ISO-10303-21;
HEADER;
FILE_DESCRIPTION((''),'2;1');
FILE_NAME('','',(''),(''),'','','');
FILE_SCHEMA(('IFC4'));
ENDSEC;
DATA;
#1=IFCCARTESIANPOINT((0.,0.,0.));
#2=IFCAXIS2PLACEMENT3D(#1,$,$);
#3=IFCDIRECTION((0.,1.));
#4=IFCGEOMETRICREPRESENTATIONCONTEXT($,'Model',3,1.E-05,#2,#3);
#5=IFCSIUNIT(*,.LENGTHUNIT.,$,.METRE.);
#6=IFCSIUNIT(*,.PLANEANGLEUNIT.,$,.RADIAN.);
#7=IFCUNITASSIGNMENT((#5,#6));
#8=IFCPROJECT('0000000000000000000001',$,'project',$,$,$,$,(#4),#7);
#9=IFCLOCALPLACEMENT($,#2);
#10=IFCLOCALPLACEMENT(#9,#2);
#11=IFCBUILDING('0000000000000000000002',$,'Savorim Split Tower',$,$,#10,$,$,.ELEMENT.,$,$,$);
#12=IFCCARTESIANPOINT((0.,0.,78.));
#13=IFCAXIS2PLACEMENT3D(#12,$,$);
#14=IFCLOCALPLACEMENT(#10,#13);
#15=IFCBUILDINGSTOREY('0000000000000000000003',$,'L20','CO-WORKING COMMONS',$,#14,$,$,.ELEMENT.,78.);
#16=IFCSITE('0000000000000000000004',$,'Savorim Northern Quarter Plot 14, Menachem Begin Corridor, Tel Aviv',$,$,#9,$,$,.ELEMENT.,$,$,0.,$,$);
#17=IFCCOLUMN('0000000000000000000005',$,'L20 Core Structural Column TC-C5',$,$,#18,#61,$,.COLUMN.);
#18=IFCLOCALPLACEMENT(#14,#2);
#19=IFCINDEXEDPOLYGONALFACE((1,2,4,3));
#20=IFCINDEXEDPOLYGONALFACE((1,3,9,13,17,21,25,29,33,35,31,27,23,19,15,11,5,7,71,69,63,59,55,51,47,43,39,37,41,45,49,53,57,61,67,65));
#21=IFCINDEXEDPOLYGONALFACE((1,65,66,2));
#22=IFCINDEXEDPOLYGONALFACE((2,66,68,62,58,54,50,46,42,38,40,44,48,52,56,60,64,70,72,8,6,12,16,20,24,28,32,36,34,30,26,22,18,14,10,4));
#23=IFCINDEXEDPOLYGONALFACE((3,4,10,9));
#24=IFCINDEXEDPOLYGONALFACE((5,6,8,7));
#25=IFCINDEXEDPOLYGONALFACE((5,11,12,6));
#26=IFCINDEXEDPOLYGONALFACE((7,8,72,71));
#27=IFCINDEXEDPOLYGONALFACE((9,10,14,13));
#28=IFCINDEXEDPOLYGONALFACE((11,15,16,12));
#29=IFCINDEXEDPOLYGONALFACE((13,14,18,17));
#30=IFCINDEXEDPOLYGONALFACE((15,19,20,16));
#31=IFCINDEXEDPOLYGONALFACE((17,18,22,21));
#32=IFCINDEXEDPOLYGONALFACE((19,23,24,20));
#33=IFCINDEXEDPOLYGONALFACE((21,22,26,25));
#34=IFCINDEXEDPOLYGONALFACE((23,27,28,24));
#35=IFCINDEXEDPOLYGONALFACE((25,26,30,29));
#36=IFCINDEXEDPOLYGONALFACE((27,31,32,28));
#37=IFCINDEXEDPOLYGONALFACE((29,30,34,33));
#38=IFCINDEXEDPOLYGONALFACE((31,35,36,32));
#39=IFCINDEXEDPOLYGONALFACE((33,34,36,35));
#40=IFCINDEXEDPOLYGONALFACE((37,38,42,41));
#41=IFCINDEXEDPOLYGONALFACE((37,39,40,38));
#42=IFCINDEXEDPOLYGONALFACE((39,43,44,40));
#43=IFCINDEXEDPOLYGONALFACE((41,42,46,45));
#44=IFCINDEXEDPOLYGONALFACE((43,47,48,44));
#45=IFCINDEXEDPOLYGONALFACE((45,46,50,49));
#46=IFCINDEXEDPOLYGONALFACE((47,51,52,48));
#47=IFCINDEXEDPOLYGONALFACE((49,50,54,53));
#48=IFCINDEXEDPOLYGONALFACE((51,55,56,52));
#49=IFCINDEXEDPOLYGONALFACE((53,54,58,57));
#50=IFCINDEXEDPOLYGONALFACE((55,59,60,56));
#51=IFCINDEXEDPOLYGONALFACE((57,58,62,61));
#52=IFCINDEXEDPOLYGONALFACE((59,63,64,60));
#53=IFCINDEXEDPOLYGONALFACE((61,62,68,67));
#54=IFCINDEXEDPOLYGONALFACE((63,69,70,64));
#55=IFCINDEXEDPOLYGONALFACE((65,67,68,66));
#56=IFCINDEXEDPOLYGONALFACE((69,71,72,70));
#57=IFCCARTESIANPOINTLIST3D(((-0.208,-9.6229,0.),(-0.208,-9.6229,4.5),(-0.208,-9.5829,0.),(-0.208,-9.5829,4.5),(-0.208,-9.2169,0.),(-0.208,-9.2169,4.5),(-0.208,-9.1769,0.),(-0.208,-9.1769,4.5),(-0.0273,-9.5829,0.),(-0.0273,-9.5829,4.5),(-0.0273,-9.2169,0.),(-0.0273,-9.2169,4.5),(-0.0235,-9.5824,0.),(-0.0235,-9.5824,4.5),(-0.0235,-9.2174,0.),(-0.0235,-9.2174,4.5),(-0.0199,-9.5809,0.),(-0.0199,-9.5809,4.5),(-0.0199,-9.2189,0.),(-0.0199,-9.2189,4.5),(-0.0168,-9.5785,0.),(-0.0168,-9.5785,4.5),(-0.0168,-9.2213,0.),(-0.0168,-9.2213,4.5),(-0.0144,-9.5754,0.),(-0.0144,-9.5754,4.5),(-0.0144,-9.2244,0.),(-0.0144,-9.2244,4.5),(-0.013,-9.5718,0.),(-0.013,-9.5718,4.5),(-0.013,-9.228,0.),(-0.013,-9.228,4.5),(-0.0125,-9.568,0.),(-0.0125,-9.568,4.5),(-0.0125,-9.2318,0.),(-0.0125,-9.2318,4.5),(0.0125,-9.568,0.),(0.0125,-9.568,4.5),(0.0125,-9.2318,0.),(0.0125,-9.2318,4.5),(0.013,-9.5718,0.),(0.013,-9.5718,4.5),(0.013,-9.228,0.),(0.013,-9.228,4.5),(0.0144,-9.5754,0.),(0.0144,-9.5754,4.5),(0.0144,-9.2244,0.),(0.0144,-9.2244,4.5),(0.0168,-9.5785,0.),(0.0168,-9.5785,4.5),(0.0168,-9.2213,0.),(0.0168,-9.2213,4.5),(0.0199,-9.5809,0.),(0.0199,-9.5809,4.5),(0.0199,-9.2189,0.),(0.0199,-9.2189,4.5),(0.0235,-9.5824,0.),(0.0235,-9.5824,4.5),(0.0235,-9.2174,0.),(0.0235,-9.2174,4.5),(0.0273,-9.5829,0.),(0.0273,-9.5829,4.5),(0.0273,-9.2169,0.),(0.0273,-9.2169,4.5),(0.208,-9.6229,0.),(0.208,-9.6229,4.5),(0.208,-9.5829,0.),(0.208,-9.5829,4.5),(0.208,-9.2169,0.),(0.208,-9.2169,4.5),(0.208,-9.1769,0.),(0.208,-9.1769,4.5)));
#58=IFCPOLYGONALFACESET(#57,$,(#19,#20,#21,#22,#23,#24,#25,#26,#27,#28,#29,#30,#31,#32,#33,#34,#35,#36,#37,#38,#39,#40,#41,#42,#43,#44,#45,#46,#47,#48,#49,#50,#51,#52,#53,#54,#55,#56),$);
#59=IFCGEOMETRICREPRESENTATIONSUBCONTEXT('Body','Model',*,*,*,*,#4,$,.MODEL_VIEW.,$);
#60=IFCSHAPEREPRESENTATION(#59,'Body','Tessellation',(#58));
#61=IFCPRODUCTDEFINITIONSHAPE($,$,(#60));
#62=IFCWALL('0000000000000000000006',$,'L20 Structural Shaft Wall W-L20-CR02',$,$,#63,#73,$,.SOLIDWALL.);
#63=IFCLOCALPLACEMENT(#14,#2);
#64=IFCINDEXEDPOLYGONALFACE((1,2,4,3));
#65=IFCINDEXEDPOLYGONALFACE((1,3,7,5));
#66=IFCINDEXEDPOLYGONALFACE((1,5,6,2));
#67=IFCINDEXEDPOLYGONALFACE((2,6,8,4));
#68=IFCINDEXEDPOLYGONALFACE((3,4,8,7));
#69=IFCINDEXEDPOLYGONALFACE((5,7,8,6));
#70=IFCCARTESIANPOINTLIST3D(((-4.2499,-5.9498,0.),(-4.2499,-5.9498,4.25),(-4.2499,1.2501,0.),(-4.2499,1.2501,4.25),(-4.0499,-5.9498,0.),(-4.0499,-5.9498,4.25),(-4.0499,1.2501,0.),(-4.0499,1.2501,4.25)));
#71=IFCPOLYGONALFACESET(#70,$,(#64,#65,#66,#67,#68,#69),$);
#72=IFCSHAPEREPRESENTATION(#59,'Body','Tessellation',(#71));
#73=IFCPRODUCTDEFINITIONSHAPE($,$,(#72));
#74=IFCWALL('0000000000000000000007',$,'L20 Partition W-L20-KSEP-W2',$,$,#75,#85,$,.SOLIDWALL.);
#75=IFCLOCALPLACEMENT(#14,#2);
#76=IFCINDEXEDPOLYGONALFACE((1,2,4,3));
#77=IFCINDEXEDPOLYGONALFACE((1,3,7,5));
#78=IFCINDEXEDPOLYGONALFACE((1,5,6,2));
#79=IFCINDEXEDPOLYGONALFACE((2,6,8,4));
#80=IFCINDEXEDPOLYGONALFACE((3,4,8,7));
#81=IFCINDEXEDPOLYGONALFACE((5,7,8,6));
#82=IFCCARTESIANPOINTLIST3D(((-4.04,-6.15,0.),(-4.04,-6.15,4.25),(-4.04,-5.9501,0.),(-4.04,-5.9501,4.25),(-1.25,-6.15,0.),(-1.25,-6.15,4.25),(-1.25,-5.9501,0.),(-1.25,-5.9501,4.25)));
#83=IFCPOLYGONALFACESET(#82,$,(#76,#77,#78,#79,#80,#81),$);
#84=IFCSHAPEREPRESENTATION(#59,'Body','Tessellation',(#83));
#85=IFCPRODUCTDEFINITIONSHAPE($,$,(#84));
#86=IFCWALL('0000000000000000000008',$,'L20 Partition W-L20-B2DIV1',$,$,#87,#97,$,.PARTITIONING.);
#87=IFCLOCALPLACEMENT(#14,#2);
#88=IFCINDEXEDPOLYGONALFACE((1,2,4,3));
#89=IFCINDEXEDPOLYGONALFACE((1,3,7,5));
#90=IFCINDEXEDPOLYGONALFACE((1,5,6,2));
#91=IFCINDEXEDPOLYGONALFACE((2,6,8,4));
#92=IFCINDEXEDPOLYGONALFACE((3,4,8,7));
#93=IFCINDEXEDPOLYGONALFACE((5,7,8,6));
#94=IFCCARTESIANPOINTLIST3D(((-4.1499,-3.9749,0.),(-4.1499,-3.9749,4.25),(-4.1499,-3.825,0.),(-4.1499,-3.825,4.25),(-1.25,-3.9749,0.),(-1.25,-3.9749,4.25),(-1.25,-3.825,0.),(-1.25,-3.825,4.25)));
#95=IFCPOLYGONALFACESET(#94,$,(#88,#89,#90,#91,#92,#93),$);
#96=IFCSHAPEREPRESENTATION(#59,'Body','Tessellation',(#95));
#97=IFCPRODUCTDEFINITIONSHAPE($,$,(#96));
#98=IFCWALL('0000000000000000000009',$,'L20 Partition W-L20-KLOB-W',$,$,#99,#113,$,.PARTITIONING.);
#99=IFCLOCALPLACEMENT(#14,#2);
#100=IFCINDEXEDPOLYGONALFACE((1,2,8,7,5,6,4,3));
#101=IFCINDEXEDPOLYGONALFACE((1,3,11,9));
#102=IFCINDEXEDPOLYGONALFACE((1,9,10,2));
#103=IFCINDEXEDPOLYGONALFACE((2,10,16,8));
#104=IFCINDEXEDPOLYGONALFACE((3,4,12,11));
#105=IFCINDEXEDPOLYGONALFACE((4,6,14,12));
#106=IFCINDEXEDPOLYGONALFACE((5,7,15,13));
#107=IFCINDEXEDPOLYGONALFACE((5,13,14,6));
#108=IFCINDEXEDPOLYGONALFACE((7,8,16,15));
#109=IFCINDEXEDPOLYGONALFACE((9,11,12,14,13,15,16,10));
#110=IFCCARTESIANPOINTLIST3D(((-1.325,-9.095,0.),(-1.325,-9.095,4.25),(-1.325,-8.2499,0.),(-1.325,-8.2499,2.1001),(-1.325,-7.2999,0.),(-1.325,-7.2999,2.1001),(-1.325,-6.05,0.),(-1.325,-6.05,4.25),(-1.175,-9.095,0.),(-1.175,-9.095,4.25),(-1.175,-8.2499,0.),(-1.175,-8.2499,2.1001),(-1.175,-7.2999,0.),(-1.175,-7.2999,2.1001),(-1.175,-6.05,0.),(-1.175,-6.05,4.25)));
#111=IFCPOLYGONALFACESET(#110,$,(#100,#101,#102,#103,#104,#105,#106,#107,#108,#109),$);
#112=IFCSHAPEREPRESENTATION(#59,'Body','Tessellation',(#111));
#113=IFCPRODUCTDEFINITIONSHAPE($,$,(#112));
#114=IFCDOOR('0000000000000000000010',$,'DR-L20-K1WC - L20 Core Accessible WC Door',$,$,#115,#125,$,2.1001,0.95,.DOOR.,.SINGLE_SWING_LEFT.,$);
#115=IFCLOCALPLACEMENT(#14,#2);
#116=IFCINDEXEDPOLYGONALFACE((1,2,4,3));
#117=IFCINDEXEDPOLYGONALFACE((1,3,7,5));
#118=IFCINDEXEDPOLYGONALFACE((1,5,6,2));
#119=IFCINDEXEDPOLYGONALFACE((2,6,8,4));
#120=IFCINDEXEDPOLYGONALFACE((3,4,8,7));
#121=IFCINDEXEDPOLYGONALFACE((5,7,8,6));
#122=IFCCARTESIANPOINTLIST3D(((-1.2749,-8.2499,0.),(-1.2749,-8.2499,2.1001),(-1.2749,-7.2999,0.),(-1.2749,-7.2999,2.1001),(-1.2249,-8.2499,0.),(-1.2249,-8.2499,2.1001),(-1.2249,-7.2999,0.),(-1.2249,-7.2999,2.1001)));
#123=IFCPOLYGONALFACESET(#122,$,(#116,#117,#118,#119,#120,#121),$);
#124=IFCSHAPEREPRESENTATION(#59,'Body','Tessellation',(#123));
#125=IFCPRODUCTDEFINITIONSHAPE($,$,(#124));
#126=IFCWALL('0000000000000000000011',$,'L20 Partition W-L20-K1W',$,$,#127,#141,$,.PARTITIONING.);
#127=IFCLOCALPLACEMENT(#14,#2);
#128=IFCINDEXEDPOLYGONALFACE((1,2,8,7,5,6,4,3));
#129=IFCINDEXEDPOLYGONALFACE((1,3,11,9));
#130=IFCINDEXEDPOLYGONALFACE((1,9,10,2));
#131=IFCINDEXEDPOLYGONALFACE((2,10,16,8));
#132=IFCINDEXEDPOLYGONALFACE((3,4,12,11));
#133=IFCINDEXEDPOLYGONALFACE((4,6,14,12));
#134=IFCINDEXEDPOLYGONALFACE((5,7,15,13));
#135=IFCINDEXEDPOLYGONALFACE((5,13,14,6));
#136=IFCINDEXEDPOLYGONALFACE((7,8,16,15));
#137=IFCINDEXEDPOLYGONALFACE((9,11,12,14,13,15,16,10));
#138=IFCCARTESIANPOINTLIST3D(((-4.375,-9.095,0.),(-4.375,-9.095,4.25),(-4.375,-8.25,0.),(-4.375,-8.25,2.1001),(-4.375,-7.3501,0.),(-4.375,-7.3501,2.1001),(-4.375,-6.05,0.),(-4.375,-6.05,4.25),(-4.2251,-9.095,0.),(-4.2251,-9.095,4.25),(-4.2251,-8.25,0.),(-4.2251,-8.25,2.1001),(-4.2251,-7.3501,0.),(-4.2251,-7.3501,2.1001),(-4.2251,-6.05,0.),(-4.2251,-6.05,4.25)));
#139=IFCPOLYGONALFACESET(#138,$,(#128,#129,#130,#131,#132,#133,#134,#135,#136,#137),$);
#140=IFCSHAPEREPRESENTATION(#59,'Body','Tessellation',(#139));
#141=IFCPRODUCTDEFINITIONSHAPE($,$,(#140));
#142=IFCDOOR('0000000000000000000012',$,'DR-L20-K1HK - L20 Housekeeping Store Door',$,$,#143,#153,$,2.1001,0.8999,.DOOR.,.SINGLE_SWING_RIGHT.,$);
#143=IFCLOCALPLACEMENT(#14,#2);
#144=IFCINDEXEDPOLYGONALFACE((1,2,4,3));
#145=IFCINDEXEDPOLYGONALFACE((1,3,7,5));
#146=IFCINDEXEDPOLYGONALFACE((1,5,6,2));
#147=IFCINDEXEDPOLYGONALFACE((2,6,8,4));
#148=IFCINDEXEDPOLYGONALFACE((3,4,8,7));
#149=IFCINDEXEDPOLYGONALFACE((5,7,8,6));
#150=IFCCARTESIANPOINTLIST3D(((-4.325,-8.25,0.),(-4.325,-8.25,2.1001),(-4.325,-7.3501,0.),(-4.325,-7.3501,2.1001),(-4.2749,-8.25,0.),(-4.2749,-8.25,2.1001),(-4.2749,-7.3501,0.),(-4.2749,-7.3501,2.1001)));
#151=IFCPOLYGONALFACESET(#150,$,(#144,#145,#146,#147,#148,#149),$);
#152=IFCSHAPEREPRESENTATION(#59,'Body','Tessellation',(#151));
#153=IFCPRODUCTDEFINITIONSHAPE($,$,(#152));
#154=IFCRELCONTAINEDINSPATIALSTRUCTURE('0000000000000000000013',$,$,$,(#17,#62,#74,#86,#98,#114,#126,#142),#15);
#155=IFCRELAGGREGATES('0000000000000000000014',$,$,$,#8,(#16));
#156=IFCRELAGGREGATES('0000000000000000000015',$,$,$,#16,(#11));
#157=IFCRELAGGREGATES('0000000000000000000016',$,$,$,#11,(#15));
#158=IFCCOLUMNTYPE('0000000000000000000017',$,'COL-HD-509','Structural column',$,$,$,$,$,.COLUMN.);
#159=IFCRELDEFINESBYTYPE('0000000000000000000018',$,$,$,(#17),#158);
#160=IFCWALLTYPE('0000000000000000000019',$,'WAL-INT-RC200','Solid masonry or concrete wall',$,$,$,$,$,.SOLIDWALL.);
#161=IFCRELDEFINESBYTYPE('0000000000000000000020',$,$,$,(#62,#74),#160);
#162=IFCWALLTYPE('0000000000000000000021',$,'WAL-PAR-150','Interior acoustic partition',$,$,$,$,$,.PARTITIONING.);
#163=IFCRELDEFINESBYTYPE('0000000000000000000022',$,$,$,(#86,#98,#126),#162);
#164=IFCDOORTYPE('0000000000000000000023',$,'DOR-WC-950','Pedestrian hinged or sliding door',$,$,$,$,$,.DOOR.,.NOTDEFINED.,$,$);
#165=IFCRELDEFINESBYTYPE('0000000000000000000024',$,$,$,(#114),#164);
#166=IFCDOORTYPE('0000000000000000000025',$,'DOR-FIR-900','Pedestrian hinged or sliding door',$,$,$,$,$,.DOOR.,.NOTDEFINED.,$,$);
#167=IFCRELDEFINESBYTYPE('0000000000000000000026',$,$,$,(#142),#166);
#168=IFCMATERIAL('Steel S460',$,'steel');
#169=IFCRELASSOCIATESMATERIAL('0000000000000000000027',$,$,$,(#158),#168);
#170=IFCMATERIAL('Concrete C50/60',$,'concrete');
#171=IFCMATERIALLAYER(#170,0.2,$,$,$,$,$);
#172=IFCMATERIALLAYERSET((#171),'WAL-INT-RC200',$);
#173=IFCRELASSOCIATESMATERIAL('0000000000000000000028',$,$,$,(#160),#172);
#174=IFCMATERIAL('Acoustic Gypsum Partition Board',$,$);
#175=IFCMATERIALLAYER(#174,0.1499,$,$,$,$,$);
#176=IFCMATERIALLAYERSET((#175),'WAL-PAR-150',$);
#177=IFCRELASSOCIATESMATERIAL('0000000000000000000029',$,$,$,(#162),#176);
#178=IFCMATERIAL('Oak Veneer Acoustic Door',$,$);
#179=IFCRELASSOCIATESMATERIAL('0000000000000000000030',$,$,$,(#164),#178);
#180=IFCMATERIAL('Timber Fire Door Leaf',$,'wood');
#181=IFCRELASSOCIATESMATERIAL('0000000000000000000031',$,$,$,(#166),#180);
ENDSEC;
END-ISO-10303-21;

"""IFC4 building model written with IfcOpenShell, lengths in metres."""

from ifc_helpers import new_model, si_unit, direction, frame, frame_2d, origin, origin_2d, place, context, subcontext, project, spatial, rectangle, i_section, extrude, material, layer, layer_set, material_profile, profile_set, type_object, element, fill, save


model = new_model("IFC4")

# Units and contexts
model_context = context("Model", 3, precision=1e-05, world=origin(), true_north=direction((0.0, 1.0)))
body_context = subcontext(model_context, "Body", "Model", "MODEL_VIEW")
ifc_project = project(units=[si_unit("LENGTHUNIT", "METRE"), si_unit("PLANEANGLEUNIT", "RADIAN")], contexts=[model_context])

# Site, building, storey
site_placement = place(None, origin())
site = spatial("IfcSite", under=ifc_project, at=site_placement, Name="Savorim Northern Quarter Plot 14, Menachem Begin Corridor, Tel Aviv", CompositionType="ELEMENT", RefElevation=0.0)
building_placement = place(site_placement, origin())
building = spatial("IfcBuilding", under=site, at=building_placement, Name="Savorim Split Tower", CompositionType="ELEMENT")
storey_placement = place(building_placement, frame((0.0, 0.0, 78.0)))
storey = spatial("IfcBuildingStorey", under=building, at=storey_placement, Name="L20", Description="CO-WORKING COMMONS", CompositionType="ELEMENT", Elevation=78.0)

# Column
ifc_material_1 = material(Name="Steel S460", Category="steel")
ifc_material_profile = material_profile(ifc_material_1, i_section(OverallWidth=0.416, OverallDepth=0.446, WebThickness=0.0249, FlangeThickness=0.04, FilletRadius=0.0149, at=origin_2d()), Name="HD 400x509")
ifc_profile_set = profile_set([ifc_material_profile], Name="Steel S460")
column_type = type_object("IfcColumnType", Name="COL-HD-509", Description="Structural column", PredefinedType="COLUMN", material=ifc_profile_set)
column_placement = place(storey_placement, frame((0.0, -9.3999, 0.0), z_axis=(0.0, 0.0, 1.0), x_axis=(1.0, 0.0, 0.0)))
element("IfcColumn", 1, at=column_placement, inside=storey, type_object=column_type, Name="L20 Core Structural Column TC-C5", PredefinedType="COLUMN", context=body_context, shape_type="SweptSolid", body=[
    extrude(i_section(OverallWidth=0.416, OverallDepth=0.446, WebThickness=0.0249, FlangeThickness=0.04, FilletRadius=0.0149, at=origin_2d()), origin(), (0.0, 0.0, 1.0), 4.5),
])

# Wall
ifc_material_2 = material(Name="Concrete C50/60", Category="concrete")
ifc_layer_1 = layer(ifc_material_2, 0.2)
ifc_layer_set_1 = layer_set([ifc_layer_1], Name="WAL-INT-RC200")
wall_type_1 = type_object("IfcWallType", Name="WAL-INT-RC200", Description="Solid masonry or concrete wall", PredefinedType="SOLIDWALL", material=ifc_layer_set_1)
wall_1_placement = place(storey_placement, frame((-4.1499, -5.95, 0.0), z_axis=(0.0, 0.0, 1.0), x_axis=(0.0, 1.0, 0.0)))
element("IfcWall", 2, at=wall_1_placement, inside=storey, type_object=wall_type_1, Name="L20 Structural Shaft Wall W-L20-CR02", PredefinedType="SOLIDWALL", context=body_context, shape_type="SweptSolid", body=[
    extrude(rectangle(XDim=7.2, YDim=0.2, at=frame_2d((3.6001, 0.0))), origin(), (0.0, 0.0, 1.0), 4.25),
])

# Walls
wall_2_placement = place(storey_placement, frame((-4.04, -6.05, 0.0), z_axis=(0.0, 0.0, 1.0), x_axis=(1.0, 0.0, 0.0)))
element("IfcWall", 3, at=wall_2_placement, inside=storey, type_object=wall_type_1, Name="L20 Partition W-L20-KSEP-W2", PredefinedType="SOLIDWALL", context=body_context, shape_type="SweptSolid", body=[
    extrude(rectangle(XDim=2.79, YDim=0.2, at=frame_2d((1.395, 0.0))), origin(), (0.0, 0.0, 1.0), 4.25),
])
ifc_material_3 = material(Name="Acoustic Gypsum Partition Board")
ifc_layer_2 = layer(ifc_material_3, 0.1499)
ifc_layer_set_2 = layer_set([ifc_layer_2], Name="WAL-PAR-150")
wall_type_2 = type_object("IfcWallType", Name="WAL-PAR-150", Description="Interior acoustic partition", PredefinedType="PARTITIONING", material=ifc_layer_set_2)
wall_3_placement = place(storey_placement, frame((-4.1499, -3.8999, 0.0), z_axis=(0.0, 0.0, 1.0), x_axis=(1.0, 0.0, 0.0)))
element("IfcWall", 4, at=wall_3_placement, inside=storey, type_object=wall_type_2, Name="L20 Partition W-L20-B2DIV1", PredefinedType="PARTITIONING", context=body_context, shape_type="SweptSolid", body=[
    extrude(rectangle(XDim=2.8999, YDim=0.1499, at=frame_2d((1.45, 0.0))), origin(), (0.0, 0.0, 1.0), 4.25),
])

# Walls, openings, doors
wall_4_placement = place(storey_placement, frame((-1.25, -9.095, 0.0), z_axis=(0.0, 0.0, 1.0), x_axis=(0.0, 1.0, 0.0)))
wall_4 = element("IfcWall", 5, at=wall_4_placement, inside=storey, type_object=wall_type_2, Name="L20 Partition W-L20-KLOB-W", PredefinedType="PARTITIONING", context=body_context, shape_type="SweptSolid", body=[
    extrude(rectangle(XDim=3.0449, YDim=0.1499, at=frame_2d((1.5225, 0.0))), origin(), (0.0, 0.0, 1.0), 4.25),
])
opening_1_placement = place(wall_4_placement, frame((0.845, 0.0, 0.0)))
opening_1 = element("IfcOpeningElement", 6, at=opening_1_placement, cuts=wall_4, PredefinedType="OPENING", context=body_context, shape_type="SweptSolid", body=[
    extrude(rectangle(XDim=0.95, YDim=2.1001, at=frame_2d((0.4751, 1.05))), frame((0.0, 0.085, 0.0), z_axis=(0.0, -1.0, 0.0), x_axis=(1.0, 0.0, 0.0)), (0.0, 0.0, 1.0), 0.1699),
])
ifc_material_4 = material(Name="Oak Veneer Acoustic Door")
door_type_1 = type_object("IfcDoorType", Name="DOR-WC-950", Description="Pedestrian hinged or sliding door", OperationType="NOTDEFINED", PredefinedType="DOOR", material=ifc_material_4)
door_1_placement = place(opening_1_placement, origin())
door_1 = element("IfcDoor", 7, at=door_1_placement, inside=storey, type_object=door_type_1, Name="DR-L20-K1WC - L20 Core Accessible WC Door", OperationType="SINGLE_SWING_LEFT", OverallHeight=2.1001, OverallWidth=0.95, PredefinedType="DOOR", context=body_context, shape_type="SweptSolid", body=[
    extrude(rectangle(XDim=0.95, YDim=2.1001, at=frame_2d((0.4751, 1.05))), frame((0.0, 0.0249, 0.0), z_axis=(0.0, -1.0, 0.0), x_axis=(1.0, 0.0, 0.0)), (0.0, 0.0, 1.0), 0.05),
])
fill(opening_1, door_1)
wall_5_placement = place(storey_placement, frame((-4.3, -9.095, 0.0), z_axis=(0.0, 0.0, 1.0), x_axis=(0.0, 1.0, 0.0)))
wall_5 = element("IfcWall", 8, at=wall_5_placement, inside=storey, type_object=wall_type_2, Name="L20 Partition W-L20-K1W", PredefinedType="PARTITIONING", context=body_context, shape_type="SweptSolid", body=[
    extrude(rectangle(XDim=3.0449, YDim=0.1499, at=frame_2d((1.5225, 0.0))), origin(), (0.0, 0.0, 1.0), 4.25),
])
opening_2_placement = place(wall_5_placement, frame((0.845, 0.0, 0.0)))
opening_2 = element("IfcOpeningElement", 9, at=opening_2_placement, cuts=wall_5, PredefinedType="OPENING", context=body_context, shape_type="SweptSolid", body=[
    extrude(rectangle(XDim=0.8999, YDim=2.1001, at=frame_2d((0.45, 1.05))), frame((0.0, 0.085, 0.0), z_axis=(0.0, -1.0, 0.0), x_axis=(1.0, 0.0, 0.0)), (0.0, 0.0, 1.0), 0.1699),
])
ifc_material_5 = material(Name="Timber Fire Door Leaf", Category="wood")
door_type_2 = type_object("IfcDoorType", Name="DOR-FIR-900", Description="Pedestrian hinged or sliding door", OperationType="NOTDEFINED", PredefinedType="DOOR", material=ifc_material_5)
door_2_placement = place(opening_2_placement, origin())
door_2 = element("IfcDoor", 10, at=door_2_placement, inside=storey, type_object=door_type_2, Name="DR-L20-K1HK - L20 Housekeeping Store Door", OperationType="SINGLE_SWING_RIGHT", OverallHeight=2.1001, OverallWidth=0.8999, PredefinedType="DOOR", context=body_context, shape_type="SweptSolid", body=[
    extrude(rectangle(XDim=0.8999, YDim=2.1001, at=frame_2d((0.45, 1.05))), frame((0.0, 0.0249, 0.0), z_axis=(0.0, -1.0, 0.0), x_axis=(1.0, 0.0, 0.0)), (0.0, 0.0, 1.0), 0.05),
])
fill(opening_2, door_2)

save(model, "model.ifc")
